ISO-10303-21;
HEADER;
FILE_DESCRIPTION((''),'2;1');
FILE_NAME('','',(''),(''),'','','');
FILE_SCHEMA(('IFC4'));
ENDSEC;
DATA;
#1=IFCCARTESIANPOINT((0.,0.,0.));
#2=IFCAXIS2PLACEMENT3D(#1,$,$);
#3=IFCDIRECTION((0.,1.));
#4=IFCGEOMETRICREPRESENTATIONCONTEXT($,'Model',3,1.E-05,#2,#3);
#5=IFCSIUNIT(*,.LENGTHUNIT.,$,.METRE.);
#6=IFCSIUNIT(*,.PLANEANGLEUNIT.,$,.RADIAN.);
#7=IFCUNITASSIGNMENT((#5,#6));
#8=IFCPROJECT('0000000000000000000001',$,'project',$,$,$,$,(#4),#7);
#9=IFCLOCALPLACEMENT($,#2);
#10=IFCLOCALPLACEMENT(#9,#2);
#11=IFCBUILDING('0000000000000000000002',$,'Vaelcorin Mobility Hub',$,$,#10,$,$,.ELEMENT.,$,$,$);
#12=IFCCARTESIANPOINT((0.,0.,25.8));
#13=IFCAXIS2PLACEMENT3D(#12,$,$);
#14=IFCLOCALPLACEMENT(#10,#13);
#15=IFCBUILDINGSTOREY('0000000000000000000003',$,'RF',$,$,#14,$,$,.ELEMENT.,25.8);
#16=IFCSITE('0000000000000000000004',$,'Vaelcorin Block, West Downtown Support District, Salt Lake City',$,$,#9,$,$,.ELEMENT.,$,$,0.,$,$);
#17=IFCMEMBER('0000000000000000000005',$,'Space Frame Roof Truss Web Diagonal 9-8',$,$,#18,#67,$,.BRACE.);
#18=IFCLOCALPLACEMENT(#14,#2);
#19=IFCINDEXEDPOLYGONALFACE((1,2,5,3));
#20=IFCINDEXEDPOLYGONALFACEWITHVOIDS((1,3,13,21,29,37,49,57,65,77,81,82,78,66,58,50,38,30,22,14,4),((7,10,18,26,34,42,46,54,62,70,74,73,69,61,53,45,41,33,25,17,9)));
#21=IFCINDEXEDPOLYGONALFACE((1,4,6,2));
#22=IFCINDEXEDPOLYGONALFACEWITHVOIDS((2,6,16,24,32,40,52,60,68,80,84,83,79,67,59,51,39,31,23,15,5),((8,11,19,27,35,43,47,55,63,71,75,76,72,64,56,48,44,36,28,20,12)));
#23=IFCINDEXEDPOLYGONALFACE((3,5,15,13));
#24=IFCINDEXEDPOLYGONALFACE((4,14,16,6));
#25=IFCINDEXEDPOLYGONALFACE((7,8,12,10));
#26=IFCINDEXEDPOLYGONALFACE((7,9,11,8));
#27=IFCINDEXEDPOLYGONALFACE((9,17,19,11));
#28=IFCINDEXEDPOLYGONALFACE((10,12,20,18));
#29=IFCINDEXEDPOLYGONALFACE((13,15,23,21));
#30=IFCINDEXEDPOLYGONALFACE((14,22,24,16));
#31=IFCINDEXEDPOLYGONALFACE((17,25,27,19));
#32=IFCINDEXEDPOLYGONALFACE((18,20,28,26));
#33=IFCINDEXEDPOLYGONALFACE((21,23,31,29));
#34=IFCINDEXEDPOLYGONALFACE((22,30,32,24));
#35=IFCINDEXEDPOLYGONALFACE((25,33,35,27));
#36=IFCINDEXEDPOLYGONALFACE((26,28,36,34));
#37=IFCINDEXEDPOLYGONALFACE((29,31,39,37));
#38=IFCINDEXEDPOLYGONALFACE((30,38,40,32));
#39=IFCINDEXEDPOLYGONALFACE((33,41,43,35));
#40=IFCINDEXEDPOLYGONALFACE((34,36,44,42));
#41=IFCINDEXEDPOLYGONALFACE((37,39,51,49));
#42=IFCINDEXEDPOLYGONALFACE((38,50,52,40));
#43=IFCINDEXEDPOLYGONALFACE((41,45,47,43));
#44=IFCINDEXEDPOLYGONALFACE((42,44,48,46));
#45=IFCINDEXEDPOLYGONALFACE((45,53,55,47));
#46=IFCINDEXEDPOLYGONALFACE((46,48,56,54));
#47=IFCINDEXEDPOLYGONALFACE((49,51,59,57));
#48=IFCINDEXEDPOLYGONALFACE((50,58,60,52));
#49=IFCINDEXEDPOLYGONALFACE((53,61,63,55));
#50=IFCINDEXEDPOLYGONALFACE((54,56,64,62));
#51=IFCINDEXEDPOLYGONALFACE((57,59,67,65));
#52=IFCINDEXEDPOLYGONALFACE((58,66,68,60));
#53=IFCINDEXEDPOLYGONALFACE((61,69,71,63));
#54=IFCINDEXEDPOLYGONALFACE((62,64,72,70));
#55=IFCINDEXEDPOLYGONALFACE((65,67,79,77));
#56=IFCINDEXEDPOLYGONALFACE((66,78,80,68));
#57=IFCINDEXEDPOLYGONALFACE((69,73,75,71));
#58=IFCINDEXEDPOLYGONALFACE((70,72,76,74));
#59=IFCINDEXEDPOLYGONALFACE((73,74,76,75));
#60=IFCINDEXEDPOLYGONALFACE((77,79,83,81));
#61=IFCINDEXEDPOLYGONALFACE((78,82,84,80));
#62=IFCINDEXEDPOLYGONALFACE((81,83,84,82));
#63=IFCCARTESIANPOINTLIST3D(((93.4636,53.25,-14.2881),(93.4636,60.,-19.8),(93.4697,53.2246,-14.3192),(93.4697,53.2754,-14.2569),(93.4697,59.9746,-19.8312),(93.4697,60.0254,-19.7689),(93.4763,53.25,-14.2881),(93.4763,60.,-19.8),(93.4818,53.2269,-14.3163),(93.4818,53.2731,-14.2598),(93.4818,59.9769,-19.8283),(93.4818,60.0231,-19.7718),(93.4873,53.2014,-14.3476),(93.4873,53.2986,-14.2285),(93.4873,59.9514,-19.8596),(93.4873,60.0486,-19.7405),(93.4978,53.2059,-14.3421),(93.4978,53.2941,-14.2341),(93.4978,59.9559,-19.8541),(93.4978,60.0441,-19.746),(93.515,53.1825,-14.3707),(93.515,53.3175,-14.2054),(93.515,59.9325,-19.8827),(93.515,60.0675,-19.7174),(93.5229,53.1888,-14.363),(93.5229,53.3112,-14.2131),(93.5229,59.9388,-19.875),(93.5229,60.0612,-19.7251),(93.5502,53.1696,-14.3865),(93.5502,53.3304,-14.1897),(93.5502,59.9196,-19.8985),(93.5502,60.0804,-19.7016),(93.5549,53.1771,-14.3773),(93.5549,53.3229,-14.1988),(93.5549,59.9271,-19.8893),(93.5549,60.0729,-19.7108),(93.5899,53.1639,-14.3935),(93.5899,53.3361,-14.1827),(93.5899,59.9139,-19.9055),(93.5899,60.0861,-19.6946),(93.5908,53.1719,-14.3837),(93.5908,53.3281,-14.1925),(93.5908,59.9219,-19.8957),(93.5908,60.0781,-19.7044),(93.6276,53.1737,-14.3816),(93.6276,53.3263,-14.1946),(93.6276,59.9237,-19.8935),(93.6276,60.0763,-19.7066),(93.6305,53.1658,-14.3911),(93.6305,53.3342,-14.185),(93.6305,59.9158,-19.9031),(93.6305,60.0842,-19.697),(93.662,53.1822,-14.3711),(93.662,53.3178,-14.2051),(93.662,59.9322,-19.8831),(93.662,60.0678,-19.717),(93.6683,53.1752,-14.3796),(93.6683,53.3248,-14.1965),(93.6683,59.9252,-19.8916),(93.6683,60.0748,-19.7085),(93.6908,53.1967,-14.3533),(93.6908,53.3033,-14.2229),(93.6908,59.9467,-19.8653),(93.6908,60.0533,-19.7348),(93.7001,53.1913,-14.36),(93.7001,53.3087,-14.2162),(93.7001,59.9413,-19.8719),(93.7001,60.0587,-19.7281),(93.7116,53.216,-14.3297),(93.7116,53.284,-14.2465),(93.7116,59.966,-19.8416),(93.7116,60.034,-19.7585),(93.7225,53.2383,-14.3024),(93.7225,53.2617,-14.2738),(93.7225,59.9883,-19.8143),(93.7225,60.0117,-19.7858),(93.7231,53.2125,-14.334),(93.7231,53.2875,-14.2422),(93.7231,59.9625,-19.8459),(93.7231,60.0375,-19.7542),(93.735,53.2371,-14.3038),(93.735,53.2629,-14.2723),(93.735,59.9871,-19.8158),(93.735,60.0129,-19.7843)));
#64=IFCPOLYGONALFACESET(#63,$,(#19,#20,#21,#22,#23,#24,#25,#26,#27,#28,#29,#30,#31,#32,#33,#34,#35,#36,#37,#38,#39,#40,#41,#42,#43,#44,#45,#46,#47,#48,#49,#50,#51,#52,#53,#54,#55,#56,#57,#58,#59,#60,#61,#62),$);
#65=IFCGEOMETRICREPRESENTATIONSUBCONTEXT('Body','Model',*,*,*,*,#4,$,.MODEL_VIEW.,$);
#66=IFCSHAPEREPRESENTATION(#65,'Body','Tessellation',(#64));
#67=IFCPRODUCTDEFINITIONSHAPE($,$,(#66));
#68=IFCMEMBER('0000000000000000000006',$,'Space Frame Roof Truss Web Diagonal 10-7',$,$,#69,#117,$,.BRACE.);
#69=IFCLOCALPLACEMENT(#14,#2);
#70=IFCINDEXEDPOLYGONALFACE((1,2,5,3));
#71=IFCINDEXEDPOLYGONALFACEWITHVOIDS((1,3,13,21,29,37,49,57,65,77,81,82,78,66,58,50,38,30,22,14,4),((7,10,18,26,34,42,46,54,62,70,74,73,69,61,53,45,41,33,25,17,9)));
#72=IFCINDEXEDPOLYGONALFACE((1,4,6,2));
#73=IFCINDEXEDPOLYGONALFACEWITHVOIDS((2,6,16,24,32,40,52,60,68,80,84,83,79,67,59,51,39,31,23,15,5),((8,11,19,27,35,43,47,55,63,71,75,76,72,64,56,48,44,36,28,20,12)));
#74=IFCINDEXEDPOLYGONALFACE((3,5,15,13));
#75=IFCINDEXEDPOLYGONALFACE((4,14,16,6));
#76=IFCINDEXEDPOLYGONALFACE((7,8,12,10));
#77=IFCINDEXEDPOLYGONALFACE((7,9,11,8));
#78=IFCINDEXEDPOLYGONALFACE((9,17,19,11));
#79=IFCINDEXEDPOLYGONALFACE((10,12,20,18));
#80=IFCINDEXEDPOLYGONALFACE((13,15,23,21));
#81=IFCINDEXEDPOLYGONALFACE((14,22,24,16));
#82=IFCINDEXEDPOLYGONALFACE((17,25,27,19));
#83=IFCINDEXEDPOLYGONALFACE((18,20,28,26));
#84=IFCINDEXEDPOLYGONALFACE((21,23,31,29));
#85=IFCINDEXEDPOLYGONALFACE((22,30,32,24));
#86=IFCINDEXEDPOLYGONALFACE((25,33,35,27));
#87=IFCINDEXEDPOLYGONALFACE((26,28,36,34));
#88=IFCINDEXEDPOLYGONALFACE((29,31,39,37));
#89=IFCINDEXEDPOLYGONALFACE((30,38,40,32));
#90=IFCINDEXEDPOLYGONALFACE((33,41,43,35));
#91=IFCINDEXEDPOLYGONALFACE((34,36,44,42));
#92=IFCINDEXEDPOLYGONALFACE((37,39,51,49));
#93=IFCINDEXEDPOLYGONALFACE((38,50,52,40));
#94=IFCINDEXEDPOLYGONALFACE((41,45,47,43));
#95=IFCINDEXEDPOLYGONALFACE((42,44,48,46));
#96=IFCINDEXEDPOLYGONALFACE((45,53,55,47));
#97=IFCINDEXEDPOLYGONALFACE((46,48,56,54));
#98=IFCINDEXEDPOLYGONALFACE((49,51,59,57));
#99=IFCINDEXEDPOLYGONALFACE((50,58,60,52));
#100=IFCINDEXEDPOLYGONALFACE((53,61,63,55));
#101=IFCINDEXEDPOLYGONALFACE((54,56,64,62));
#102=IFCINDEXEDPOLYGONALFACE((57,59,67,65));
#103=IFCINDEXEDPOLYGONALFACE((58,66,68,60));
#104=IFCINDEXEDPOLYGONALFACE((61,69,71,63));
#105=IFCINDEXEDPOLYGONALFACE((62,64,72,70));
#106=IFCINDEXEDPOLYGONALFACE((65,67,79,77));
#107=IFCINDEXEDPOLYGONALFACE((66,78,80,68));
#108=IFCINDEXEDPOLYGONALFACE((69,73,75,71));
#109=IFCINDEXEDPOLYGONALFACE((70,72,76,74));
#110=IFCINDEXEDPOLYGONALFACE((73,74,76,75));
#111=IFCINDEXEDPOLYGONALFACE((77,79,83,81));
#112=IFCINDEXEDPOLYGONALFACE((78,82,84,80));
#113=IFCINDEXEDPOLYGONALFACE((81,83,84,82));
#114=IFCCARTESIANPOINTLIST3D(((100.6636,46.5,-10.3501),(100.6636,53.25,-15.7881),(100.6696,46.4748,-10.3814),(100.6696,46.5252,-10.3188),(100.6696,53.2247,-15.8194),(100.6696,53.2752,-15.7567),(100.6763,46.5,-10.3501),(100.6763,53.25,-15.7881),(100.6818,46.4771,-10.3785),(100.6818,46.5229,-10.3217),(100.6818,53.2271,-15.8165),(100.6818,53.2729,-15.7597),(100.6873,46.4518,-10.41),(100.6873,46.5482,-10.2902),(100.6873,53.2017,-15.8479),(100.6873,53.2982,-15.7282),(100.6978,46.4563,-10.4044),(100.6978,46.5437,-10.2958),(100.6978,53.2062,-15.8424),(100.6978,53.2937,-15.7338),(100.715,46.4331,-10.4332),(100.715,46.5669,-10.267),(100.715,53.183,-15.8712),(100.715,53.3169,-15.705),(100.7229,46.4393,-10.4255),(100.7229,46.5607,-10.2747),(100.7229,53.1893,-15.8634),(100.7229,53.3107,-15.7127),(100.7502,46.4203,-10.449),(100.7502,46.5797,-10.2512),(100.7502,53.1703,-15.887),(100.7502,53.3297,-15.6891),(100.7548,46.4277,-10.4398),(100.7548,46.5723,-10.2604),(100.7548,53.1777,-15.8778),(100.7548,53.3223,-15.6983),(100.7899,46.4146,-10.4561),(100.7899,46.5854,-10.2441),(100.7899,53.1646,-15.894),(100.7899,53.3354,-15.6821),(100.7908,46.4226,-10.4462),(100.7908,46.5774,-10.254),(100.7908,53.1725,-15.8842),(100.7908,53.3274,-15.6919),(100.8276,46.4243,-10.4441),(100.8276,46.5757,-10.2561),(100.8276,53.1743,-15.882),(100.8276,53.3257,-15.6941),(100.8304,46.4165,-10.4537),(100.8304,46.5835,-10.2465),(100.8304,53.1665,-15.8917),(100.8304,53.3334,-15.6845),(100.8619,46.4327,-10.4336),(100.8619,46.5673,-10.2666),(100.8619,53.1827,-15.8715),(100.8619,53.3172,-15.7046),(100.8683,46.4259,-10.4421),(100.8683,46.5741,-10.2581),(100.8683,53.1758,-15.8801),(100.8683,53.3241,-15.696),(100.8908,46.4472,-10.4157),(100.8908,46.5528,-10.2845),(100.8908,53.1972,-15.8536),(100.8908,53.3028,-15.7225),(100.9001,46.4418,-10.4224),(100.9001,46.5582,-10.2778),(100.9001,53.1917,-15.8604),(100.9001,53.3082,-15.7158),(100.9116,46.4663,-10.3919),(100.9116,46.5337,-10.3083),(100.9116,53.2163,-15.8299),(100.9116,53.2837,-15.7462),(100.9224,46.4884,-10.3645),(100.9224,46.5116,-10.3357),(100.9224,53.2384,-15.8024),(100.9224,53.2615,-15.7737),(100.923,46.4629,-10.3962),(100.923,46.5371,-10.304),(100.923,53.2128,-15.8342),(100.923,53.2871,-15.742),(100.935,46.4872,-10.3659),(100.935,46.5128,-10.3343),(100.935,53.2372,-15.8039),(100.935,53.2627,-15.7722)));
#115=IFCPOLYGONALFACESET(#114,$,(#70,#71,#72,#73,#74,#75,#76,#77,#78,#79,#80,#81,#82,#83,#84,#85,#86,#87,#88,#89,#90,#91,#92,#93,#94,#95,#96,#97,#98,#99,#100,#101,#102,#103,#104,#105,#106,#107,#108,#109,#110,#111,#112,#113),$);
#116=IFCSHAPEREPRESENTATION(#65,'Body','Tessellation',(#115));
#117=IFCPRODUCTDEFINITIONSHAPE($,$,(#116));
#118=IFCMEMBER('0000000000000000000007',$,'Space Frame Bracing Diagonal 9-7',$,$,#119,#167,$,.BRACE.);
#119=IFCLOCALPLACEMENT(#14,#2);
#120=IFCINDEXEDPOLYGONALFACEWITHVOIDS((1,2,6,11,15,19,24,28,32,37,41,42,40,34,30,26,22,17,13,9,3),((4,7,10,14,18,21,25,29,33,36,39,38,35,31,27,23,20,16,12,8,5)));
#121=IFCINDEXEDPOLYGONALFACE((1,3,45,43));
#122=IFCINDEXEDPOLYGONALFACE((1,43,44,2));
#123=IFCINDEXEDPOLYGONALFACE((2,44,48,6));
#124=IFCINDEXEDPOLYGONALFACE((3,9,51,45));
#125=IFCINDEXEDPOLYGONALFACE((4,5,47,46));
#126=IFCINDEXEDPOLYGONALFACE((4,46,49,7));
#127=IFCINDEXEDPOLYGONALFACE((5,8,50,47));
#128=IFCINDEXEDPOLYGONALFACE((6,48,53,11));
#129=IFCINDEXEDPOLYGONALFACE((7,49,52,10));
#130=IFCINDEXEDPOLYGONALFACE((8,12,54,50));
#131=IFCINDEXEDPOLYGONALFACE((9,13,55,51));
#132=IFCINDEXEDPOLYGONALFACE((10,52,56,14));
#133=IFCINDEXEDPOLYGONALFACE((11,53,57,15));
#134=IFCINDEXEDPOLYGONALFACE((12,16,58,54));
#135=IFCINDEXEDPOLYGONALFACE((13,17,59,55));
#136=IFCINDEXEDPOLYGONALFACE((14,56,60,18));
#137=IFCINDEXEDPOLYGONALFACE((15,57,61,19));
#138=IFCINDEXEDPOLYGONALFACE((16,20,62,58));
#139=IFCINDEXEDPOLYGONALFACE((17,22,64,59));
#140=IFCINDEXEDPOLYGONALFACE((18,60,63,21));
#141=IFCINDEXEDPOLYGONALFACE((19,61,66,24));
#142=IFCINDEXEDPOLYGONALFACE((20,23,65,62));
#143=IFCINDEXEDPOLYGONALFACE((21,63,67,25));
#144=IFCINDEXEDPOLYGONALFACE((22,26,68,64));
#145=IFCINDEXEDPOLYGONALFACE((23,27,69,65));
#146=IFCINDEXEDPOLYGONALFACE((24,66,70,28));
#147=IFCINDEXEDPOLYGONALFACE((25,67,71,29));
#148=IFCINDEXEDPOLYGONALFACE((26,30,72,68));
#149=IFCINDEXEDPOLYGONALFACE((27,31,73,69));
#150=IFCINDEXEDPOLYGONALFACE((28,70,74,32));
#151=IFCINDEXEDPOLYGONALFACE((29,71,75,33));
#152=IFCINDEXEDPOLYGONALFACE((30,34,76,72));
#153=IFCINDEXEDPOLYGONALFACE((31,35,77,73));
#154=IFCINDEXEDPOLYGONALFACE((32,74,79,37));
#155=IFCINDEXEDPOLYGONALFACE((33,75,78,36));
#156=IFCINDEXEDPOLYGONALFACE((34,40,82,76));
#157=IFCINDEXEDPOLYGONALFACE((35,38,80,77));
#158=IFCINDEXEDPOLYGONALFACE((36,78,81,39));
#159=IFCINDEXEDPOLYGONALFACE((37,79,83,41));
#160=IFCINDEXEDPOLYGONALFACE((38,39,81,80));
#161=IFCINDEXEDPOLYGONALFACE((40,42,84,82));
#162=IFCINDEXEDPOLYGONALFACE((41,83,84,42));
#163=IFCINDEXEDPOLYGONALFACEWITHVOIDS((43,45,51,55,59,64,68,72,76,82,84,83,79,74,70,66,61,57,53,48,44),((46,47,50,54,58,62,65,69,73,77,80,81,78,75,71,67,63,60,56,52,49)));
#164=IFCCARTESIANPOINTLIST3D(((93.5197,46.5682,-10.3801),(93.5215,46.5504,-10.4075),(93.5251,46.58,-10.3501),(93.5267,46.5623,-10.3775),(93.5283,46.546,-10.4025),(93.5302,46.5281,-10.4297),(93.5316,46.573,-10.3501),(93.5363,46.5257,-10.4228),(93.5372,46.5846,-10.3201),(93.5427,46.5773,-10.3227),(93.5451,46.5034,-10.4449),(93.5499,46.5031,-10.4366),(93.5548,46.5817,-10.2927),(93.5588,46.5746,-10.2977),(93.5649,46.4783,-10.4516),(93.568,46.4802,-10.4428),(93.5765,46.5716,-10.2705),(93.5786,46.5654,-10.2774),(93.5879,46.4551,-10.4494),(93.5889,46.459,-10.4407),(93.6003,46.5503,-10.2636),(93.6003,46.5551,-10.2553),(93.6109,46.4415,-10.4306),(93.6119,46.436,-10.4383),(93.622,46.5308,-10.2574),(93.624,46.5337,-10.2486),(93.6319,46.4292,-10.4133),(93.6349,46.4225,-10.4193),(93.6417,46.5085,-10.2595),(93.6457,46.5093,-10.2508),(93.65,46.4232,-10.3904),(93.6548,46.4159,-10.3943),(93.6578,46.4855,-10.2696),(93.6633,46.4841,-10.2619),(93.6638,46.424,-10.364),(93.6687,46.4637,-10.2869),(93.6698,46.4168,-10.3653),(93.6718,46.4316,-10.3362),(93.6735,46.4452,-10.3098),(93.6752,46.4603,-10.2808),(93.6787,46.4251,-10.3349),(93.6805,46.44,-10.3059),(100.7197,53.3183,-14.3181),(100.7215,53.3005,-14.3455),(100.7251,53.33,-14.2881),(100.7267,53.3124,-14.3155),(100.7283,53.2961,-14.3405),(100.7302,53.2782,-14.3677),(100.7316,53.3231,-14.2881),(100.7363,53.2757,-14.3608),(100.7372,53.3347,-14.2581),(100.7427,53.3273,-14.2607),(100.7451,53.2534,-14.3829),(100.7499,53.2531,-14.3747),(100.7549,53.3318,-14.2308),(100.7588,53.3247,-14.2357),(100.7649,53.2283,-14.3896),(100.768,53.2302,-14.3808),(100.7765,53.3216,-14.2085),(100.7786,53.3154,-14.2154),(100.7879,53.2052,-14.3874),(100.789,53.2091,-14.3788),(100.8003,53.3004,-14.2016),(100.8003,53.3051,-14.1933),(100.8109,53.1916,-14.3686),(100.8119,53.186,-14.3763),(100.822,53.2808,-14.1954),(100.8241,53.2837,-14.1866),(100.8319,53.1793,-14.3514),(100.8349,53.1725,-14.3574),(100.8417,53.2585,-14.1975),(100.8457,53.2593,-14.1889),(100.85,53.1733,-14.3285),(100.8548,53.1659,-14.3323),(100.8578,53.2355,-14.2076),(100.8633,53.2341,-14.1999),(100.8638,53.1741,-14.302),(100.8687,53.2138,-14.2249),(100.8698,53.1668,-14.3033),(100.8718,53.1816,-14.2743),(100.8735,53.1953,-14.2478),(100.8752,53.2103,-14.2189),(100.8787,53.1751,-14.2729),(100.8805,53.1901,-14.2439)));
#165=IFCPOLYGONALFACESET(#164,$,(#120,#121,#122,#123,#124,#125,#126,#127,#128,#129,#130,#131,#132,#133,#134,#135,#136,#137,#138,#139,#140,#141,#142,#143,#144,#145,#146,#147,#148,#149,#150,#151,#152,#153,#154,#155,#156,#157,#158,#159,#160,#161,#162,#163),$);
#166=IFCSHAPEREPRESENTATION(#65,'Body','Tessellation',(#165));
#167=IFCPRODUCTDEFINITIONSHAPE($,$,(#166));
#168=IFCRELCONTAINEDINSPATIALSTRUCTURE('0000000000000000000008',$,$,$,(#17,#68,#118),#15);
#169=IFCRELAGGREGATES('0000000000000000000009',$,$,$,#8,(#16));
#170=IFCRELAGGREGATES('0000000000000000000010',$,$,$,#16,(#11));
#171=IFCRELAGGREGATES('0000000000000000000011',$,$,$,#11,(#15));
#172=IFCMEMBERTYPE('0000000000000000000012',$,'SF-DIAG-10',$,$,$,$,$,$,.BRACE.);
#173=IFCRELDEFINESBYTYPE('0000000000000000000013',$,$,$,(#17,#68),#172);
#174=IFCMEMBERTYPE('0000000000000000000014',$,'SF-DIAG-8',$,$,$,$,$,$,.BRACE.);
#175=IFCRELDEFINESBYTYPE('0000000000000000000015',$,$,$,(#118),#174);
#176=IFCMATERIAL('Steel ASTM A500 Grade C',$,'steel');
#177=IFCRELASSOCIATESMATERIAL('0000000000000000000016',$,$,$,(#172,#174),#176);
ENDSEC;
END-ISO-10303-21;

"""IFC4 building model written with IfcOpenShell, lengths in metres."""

from ifc_helpers import new_model, si_unit, direction, frame, origin, origin_2d, place, context, subcontext, project, spatial, hollow_circle, extrude, material, material_profile, profile_set, type_object, element, save


model = new_model("IFC4")

# Units and contexts
model_context = context("Model", 3, precision=1e-05, world=origin(), true_north=direction((0.0, 1.0)))
body_context = subcontext(model_context, "Body", "Model", "MODEL_VIEW")
ifc_project = project(units=[si_unit("LENGTHUNIT", "METRE"), si_unit("PLANEANGLEUNIT", "RADIAN")], contexts=[model_context])

# Site, building, storey
site_placement = place(None, origin())
site = spatial("IfcSite", under=ifc_project, at=site_placement, Name="Vaelcorin Block, West Downtown Support District, Salt Lake City", CompositionType="ELEMENT", RefElevation=0.0)
building_placement = place(site_placement, origin())
building = spatial("IfcBuilding", under=site, at=building_placement, Name="Vaelcorin Mobility Hub", CompositionType="ELEMENT")
storey_placement = place(building_placement, frame((0.0, 0.0, 25.8)))
storey = spatial("IfcBuildingStorey", under=building, at=storey_placement, Name="RF", CompositionType="ELEMENT", Elevation=25.8)

# Members
ifc_material_1 = material(Name="Steel ASTM A500 Grade C", Category="steel")
ifc_material_profile_1 = material_profile(ifc_material_1, hollow_circle(Radius=0.1365, WallThickness=0.0127, at=origin_2d()), Name="HSS10.750X0.500")
ifc_profile_set_1 = profile_set([ifc_material_profile_1], Name="Steel ASTM A500 Grade C")
member_type_1 = type_object("IfcMemberType", Name="SF-DIAG-10", PredefinedType="BRACE", material=ifc_profile_set_1)
member_1_placement = place(storey_placement, frame((93.6001, 53.25, -14.2881), z_axis=(0.0, 0.774562, -0.632498), x_axis=(-1.0, 0.0, 0.0)))
element("IfcMember", 1, at=member_1_placement, inside=storey, type_object=member_type_1, Name="Space Frame Roof Truss Web Diagonal 9-8", PredefinedType="BRACE", context=body_context, shape_type="SweptSolid", body=[
    extrude(hollow_circle(Radius=0.1365, WallThickness=0.0127, at=origin_2d()), origin(), (0.0, 0.0, 1.0), 8.7146),
])
member_2_placement = place(storey_placement, frame((100.8, 46.5, -10.3501), z_axis=(0.0, 0.778726, -0.627364), x_axis=(-1.0, 0.0, 0.0)))
element("IfcMember", 2, at=member_2_placement, inside=storey, type_object=member_type_1, Name="Space Frame Roof Truss Web Diagonal 10-7", PredefinedType="BRACE", context=body_context, shape_type="SweptSolid", body=[
    extrude(hollow_circle(Radius=0.1365, WallThickness=0.0127, at=origin_2d()), origin(), (0.0, 0.0, 1.0), 8.668),
])
ifc_material_profile_2 = material_profile(ifc_material_1, hollow_circle(Radius=0.1096, WallThickness=0.0095, at=origin_2d()), Name="HSS8.625X0.375")
ifc_profile_set_2 = profile_set([ifc_material_profile_2], Name="Steel ASTM A500 Grade C")
member_type_2 = type_object("IfcMemberType", Name="SF-DIAG-8", PredefinedType="BRACE", material=ifc_profile_set_2)
for number, where, z_axis, x_axis, name in (
    (3, (93.6001, 46.5, -10.3501), (0.677586, 0.635241, -0.370603), (-0.683944, 0.729535, 0.0), "Space Frame Bracing Diagonal 9-7"),
):
    element("IfcMember", number, at=place(storey_placement, frame(where, z_axis=z_axis, x_axis=x_axis)), inside=storey, type_object=member_type_2, Name=name, PredefinedType="BRACE", context=body_context, shape_type="SweptSolid", body=[
        extrude(hollow_circle(Radius=0.1096, WallThickness=0.0095, at=origin_2d()), origin(), (0.0, 0.0, 1.0), 10.626),
    ])

save(model, "model.ifc")
